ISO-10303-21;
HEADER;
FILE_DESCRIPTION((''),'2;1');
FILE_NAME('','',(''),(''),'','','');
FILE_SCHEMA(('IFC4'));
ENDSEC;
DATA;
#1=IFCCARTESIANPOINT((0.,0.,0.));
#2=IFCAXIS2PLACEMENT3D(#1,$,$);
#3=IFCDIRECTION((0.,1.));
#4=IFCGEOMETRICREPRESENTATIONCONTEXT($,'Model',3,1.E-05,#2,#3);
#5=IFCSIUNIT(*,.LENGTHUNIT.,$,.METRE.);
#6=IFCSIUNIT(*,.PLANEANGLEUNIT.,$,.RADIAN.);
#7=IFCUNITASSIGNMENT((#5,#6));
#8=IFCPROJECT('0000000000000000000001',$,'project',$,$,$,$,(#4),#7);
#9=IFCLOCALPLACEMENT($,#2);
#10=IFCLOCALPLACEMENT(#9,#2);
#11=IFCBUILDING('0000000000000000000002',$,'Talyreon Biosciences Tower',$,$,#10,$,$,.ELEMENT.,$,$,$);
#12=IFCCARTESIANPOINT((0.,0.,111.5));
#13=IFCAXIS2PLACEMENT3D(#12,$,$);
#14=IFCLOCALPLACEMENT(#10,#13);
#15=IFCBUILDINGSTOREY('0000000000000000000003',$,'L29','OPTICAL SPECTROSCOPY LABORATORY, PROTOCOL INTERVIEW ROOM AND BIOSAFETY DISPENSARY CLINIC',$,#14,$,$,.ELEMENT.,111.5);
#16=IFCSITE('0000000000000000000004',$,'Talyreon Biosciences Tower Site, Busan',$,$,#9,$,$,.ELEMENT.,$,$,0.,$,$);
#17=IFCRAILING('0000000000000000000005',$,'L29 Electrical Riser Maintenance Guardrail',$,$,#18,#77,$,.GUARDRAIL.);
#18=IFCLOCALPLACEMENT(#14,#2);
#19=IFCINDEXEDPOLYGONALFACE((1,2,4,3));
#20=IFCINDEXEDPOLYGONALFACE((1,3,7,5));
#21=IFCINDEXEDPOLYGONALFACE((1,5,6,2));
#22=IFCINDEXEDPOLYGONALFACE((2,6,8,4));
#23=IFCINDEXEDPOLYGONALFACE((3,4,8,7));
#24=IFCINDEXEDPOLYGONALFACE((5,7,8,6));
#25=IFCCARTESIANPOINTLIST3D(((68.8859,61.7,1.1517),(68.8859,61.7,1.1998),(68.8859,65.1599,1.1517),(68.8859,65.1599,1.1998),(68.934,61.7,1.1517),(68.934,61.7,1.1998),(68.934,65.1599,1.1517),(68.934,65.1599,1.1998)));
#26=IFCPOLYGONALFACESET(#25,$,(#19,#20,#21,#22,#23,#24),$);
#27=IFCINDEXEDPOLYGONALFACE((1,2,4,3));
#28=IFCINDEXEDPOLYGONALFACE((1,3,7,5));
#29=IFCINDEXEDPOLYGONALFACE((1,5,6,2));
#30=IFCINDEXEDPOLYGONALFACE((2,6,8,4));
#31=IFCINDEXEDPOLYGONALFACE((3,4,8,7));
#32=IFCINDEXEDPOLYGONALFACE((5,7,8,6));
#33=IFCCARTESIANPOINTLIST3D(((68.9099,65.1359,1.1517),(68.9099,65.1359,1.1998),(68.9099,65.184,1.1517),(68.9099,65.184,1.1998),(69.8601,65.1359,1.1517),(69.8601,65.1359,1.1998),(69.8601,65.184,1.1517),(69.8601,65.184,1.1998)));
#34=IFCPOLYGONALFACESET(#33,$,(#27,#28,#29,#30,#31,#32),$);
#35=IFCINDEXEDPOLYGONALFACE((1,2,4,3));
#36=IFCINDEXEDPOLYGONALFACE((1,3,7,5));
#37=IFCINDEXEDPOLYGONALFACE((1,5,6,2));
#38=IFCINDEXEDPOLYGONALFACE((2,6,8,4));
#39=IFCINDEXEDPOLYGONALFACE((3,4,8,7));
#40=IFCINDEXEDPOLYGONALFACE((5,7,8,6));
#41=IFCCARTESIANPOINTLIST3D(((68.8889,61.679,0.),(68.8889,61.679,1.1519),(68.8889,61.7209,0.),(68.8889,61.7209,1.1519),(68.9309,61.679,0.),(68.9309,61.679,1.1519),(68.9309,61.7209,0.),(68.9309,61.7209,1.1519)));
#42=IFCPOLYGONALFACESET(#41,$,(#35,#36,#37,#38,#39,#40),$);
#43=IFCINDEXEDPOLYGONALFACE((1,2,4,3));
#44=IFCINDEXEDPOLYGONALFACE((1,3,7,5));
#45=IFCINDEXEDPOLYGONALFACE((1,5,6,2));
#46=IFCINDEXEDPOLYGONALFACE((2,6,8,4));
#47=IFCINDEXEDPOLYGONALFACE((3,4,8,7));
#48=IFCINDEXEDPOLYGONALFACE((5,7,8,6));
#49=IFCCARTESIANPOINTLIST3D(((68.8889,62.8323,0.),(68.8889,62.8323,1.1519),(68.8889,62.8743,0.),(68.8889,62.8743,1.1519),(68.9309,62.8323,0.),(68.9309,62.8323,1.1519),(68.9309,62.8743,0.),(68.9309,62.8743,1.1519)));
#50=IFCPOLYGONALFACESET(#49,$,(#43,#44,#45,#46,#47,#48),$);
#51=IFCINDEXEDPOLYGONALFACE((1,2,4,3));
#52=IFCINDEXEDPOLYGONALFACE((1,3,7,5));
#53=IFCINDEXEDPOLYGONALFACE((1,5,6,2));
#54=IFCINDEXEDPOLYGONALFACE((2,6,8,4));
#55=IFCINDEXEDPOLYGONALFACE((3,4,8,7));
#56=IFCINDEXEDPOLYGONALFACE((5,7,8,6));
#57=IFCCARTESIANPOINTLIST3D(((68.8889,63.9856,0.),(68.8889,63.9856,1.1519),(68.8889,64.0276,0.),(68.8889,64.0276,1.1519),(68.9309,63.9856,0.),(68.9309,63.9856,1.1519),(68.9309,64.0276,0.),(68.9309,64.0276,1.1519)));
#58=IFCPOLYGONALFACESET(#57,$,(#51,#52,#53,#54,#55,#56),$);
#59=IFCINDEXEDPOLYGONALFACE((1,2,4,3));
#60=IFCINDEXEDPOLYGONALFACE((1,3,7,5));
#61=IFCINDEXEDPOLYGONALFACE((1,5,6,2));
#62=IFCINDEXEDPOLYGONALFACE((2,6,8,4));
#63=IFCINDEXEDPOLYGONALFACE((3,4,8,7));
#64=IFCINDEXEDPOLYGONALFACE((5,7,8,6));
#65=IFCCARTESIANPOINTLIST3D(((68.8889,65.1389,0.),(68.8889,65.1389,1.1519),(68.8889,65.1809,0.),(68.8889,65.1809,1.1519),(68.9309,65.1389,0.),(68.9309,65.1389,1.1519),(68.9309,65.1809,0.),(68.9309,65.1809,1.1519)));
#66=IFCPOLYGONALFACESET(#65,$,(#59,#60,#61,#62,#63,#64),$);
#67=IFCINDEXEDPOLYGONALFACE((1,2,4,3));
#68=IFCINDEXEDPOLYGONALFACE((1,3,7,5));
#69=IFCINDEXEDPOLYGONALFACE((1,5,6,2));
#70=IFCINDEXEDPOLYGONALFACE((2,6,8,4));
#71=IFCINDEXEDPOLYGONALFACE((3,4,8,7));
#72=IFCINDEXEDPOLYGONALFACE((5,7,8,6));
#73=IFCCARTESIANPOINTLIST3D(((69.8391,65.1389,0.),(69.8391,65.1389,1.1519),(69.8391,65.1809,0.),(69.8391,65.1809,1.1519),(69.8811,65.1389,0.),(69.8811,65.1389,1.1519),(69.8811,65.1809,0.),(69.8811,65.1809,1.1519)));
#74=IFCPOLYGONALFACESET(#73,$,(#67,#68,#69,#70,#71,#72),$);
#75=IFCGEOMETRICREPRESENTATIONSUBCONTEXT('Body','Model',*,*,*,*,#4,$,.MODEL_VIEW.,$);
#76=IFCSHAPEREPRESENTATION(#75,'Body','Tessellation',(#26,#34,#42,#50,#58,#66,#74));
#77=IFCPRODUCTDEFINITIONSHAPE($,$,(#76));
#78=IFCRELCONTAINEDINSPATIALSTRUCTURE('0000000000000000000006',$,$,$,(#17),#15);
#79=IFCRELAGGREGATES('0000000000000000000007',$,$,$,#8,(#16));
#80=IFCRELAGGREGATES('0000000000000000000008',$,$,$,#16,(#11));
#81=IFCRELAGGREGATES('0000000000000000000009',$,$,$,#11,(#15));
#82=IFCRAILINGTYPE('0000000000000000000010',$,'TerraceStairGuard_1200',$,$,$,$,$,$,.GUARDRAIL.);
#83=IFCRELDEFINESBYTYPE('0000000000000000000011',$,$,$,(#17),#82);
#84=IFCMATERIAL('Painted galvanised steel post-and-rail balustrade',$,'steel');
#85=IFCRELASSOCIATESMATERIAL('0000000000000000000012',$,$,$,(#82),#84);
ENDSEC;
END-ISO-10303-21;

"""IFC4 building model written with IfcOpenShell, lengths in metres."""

from ifc_helpers import new_model, si_unit, direction, frame, origin, origin_2d, place, context, subcontext, project, spatial, rectangle, extrude, material, type_object, element, save


model = new_model("IFC4")

# Units and contexts
model_context = context("Model", 3, precision=1e-05, world=origin(), true_north=direction((0.0, 1.0)))
body_context = subcontext(model_context, "Body", "Model", "MODEL_VIEW")
ifc_project = project(units=[si_unit("LENGTHUNIT", "METRE"), si_unit("PLANEANGLEUNIT", "RADIAN")], contexts=[model_context])

# Site, building, storey
site_placement = place(None, origin())
site = spatial("IfcSite", under=ifc_project, at=site_placement, Name="Talyreon Biosciences Tower Site, Busan", CompositionType="ELEMENT", RefElevation=0.0)
building_placement = place(site_placement, origin())
building = spatial("IfcBuilding", under=site, at=building_placement, Name="Talyreon Biosciences Tower", CompositionType="ELEMENT")
storey_placement = place(building_placement, frame((0.0, 0.0, 111.5)))
storey = spatial("IfcBuildingStorey", under=building, at=storey_placement, Name="L29", Description="OPTICAL SPECTROSCOPY LABORATORY, PROTOCOL INTERVIEW ROOM AND BIOSAFETY DISPENSARY CLINIC", CompositionType="ELEMENT", Elevation=111.5)

# Railing
ifc_material_1 = material(Name="Painted galvanised steel post-and-rail balustrade", Category="steel")
railing_type_1 = type_object("IfcRailingType", Name="TerraceStairGuard_1200", PredefinedType="GUARDRAIL", material=ifc_material_1)
railing_1_placement = place(storey_placement, frame((68.9099, 61.7, 0.0)))
element("IfcRailing", 1, at=railing_1_placement, inside=storey, type_object=railing_type_1, Name="L29 Electrical Riser Maintenance Guardrail", PredefinedType="GUARDRAIL", context=body_context, shape_type="SweptSolid", body=[
    extrude(rectangle(XDim=0.0481, YDim=0.0481, at=origin_2d()), frame((0.0, 0.0, 1.1758), z_axis=(0.0, 1.0, 0.0), x_axis=(-1.0, 0.0, 0.0)), (0.0, 0.0, 1.0), 3.46),
    extrude(rectangle(XDim=0.0481, YDim=0.0481, at=origin_2d()), frame((0.0, 3.46, 1.1758), z_axis=(1.0, 0.0, 0.0), x_axis=(0.0, 1.0, 0.0)), (0.0, 0.0, 1.0), 0.9502),
    extrude(rectangle(XDim=0.042, YDim=0.042, at=origin_2d()), origin(), (0.0, 0.0, 1.0), 1.1519),
    extrude(rectangle(XDim=0.042, YDim=0.042, at=origin_2d()), frame((0.0, 1.1533, 0.0)), (0.0, 0.0, 1.0), 1.1519),
    extrude(rectangle(XDim=0.042, YDim=0.042, at=origin_2d()), frame((0.0, 2.3066, 0.0)), (0.0, 0.0, 1.0), 1.1519),
    extrude(rectangle(XDim=0.042, YDim=0.042, at=origin_2d()), frame((0.0, 3.46, 0.0)), (0.0, 0.0, 1.0), 1.1519),
    extrude(rectangle(XDim=0.042, YDim=0.042, at=origin_2d()), frame((0.9502, 3.46, 0.0)), (0.0, 0.0, 1.0), 1.1519),
])

save(model, "model.ifc")
